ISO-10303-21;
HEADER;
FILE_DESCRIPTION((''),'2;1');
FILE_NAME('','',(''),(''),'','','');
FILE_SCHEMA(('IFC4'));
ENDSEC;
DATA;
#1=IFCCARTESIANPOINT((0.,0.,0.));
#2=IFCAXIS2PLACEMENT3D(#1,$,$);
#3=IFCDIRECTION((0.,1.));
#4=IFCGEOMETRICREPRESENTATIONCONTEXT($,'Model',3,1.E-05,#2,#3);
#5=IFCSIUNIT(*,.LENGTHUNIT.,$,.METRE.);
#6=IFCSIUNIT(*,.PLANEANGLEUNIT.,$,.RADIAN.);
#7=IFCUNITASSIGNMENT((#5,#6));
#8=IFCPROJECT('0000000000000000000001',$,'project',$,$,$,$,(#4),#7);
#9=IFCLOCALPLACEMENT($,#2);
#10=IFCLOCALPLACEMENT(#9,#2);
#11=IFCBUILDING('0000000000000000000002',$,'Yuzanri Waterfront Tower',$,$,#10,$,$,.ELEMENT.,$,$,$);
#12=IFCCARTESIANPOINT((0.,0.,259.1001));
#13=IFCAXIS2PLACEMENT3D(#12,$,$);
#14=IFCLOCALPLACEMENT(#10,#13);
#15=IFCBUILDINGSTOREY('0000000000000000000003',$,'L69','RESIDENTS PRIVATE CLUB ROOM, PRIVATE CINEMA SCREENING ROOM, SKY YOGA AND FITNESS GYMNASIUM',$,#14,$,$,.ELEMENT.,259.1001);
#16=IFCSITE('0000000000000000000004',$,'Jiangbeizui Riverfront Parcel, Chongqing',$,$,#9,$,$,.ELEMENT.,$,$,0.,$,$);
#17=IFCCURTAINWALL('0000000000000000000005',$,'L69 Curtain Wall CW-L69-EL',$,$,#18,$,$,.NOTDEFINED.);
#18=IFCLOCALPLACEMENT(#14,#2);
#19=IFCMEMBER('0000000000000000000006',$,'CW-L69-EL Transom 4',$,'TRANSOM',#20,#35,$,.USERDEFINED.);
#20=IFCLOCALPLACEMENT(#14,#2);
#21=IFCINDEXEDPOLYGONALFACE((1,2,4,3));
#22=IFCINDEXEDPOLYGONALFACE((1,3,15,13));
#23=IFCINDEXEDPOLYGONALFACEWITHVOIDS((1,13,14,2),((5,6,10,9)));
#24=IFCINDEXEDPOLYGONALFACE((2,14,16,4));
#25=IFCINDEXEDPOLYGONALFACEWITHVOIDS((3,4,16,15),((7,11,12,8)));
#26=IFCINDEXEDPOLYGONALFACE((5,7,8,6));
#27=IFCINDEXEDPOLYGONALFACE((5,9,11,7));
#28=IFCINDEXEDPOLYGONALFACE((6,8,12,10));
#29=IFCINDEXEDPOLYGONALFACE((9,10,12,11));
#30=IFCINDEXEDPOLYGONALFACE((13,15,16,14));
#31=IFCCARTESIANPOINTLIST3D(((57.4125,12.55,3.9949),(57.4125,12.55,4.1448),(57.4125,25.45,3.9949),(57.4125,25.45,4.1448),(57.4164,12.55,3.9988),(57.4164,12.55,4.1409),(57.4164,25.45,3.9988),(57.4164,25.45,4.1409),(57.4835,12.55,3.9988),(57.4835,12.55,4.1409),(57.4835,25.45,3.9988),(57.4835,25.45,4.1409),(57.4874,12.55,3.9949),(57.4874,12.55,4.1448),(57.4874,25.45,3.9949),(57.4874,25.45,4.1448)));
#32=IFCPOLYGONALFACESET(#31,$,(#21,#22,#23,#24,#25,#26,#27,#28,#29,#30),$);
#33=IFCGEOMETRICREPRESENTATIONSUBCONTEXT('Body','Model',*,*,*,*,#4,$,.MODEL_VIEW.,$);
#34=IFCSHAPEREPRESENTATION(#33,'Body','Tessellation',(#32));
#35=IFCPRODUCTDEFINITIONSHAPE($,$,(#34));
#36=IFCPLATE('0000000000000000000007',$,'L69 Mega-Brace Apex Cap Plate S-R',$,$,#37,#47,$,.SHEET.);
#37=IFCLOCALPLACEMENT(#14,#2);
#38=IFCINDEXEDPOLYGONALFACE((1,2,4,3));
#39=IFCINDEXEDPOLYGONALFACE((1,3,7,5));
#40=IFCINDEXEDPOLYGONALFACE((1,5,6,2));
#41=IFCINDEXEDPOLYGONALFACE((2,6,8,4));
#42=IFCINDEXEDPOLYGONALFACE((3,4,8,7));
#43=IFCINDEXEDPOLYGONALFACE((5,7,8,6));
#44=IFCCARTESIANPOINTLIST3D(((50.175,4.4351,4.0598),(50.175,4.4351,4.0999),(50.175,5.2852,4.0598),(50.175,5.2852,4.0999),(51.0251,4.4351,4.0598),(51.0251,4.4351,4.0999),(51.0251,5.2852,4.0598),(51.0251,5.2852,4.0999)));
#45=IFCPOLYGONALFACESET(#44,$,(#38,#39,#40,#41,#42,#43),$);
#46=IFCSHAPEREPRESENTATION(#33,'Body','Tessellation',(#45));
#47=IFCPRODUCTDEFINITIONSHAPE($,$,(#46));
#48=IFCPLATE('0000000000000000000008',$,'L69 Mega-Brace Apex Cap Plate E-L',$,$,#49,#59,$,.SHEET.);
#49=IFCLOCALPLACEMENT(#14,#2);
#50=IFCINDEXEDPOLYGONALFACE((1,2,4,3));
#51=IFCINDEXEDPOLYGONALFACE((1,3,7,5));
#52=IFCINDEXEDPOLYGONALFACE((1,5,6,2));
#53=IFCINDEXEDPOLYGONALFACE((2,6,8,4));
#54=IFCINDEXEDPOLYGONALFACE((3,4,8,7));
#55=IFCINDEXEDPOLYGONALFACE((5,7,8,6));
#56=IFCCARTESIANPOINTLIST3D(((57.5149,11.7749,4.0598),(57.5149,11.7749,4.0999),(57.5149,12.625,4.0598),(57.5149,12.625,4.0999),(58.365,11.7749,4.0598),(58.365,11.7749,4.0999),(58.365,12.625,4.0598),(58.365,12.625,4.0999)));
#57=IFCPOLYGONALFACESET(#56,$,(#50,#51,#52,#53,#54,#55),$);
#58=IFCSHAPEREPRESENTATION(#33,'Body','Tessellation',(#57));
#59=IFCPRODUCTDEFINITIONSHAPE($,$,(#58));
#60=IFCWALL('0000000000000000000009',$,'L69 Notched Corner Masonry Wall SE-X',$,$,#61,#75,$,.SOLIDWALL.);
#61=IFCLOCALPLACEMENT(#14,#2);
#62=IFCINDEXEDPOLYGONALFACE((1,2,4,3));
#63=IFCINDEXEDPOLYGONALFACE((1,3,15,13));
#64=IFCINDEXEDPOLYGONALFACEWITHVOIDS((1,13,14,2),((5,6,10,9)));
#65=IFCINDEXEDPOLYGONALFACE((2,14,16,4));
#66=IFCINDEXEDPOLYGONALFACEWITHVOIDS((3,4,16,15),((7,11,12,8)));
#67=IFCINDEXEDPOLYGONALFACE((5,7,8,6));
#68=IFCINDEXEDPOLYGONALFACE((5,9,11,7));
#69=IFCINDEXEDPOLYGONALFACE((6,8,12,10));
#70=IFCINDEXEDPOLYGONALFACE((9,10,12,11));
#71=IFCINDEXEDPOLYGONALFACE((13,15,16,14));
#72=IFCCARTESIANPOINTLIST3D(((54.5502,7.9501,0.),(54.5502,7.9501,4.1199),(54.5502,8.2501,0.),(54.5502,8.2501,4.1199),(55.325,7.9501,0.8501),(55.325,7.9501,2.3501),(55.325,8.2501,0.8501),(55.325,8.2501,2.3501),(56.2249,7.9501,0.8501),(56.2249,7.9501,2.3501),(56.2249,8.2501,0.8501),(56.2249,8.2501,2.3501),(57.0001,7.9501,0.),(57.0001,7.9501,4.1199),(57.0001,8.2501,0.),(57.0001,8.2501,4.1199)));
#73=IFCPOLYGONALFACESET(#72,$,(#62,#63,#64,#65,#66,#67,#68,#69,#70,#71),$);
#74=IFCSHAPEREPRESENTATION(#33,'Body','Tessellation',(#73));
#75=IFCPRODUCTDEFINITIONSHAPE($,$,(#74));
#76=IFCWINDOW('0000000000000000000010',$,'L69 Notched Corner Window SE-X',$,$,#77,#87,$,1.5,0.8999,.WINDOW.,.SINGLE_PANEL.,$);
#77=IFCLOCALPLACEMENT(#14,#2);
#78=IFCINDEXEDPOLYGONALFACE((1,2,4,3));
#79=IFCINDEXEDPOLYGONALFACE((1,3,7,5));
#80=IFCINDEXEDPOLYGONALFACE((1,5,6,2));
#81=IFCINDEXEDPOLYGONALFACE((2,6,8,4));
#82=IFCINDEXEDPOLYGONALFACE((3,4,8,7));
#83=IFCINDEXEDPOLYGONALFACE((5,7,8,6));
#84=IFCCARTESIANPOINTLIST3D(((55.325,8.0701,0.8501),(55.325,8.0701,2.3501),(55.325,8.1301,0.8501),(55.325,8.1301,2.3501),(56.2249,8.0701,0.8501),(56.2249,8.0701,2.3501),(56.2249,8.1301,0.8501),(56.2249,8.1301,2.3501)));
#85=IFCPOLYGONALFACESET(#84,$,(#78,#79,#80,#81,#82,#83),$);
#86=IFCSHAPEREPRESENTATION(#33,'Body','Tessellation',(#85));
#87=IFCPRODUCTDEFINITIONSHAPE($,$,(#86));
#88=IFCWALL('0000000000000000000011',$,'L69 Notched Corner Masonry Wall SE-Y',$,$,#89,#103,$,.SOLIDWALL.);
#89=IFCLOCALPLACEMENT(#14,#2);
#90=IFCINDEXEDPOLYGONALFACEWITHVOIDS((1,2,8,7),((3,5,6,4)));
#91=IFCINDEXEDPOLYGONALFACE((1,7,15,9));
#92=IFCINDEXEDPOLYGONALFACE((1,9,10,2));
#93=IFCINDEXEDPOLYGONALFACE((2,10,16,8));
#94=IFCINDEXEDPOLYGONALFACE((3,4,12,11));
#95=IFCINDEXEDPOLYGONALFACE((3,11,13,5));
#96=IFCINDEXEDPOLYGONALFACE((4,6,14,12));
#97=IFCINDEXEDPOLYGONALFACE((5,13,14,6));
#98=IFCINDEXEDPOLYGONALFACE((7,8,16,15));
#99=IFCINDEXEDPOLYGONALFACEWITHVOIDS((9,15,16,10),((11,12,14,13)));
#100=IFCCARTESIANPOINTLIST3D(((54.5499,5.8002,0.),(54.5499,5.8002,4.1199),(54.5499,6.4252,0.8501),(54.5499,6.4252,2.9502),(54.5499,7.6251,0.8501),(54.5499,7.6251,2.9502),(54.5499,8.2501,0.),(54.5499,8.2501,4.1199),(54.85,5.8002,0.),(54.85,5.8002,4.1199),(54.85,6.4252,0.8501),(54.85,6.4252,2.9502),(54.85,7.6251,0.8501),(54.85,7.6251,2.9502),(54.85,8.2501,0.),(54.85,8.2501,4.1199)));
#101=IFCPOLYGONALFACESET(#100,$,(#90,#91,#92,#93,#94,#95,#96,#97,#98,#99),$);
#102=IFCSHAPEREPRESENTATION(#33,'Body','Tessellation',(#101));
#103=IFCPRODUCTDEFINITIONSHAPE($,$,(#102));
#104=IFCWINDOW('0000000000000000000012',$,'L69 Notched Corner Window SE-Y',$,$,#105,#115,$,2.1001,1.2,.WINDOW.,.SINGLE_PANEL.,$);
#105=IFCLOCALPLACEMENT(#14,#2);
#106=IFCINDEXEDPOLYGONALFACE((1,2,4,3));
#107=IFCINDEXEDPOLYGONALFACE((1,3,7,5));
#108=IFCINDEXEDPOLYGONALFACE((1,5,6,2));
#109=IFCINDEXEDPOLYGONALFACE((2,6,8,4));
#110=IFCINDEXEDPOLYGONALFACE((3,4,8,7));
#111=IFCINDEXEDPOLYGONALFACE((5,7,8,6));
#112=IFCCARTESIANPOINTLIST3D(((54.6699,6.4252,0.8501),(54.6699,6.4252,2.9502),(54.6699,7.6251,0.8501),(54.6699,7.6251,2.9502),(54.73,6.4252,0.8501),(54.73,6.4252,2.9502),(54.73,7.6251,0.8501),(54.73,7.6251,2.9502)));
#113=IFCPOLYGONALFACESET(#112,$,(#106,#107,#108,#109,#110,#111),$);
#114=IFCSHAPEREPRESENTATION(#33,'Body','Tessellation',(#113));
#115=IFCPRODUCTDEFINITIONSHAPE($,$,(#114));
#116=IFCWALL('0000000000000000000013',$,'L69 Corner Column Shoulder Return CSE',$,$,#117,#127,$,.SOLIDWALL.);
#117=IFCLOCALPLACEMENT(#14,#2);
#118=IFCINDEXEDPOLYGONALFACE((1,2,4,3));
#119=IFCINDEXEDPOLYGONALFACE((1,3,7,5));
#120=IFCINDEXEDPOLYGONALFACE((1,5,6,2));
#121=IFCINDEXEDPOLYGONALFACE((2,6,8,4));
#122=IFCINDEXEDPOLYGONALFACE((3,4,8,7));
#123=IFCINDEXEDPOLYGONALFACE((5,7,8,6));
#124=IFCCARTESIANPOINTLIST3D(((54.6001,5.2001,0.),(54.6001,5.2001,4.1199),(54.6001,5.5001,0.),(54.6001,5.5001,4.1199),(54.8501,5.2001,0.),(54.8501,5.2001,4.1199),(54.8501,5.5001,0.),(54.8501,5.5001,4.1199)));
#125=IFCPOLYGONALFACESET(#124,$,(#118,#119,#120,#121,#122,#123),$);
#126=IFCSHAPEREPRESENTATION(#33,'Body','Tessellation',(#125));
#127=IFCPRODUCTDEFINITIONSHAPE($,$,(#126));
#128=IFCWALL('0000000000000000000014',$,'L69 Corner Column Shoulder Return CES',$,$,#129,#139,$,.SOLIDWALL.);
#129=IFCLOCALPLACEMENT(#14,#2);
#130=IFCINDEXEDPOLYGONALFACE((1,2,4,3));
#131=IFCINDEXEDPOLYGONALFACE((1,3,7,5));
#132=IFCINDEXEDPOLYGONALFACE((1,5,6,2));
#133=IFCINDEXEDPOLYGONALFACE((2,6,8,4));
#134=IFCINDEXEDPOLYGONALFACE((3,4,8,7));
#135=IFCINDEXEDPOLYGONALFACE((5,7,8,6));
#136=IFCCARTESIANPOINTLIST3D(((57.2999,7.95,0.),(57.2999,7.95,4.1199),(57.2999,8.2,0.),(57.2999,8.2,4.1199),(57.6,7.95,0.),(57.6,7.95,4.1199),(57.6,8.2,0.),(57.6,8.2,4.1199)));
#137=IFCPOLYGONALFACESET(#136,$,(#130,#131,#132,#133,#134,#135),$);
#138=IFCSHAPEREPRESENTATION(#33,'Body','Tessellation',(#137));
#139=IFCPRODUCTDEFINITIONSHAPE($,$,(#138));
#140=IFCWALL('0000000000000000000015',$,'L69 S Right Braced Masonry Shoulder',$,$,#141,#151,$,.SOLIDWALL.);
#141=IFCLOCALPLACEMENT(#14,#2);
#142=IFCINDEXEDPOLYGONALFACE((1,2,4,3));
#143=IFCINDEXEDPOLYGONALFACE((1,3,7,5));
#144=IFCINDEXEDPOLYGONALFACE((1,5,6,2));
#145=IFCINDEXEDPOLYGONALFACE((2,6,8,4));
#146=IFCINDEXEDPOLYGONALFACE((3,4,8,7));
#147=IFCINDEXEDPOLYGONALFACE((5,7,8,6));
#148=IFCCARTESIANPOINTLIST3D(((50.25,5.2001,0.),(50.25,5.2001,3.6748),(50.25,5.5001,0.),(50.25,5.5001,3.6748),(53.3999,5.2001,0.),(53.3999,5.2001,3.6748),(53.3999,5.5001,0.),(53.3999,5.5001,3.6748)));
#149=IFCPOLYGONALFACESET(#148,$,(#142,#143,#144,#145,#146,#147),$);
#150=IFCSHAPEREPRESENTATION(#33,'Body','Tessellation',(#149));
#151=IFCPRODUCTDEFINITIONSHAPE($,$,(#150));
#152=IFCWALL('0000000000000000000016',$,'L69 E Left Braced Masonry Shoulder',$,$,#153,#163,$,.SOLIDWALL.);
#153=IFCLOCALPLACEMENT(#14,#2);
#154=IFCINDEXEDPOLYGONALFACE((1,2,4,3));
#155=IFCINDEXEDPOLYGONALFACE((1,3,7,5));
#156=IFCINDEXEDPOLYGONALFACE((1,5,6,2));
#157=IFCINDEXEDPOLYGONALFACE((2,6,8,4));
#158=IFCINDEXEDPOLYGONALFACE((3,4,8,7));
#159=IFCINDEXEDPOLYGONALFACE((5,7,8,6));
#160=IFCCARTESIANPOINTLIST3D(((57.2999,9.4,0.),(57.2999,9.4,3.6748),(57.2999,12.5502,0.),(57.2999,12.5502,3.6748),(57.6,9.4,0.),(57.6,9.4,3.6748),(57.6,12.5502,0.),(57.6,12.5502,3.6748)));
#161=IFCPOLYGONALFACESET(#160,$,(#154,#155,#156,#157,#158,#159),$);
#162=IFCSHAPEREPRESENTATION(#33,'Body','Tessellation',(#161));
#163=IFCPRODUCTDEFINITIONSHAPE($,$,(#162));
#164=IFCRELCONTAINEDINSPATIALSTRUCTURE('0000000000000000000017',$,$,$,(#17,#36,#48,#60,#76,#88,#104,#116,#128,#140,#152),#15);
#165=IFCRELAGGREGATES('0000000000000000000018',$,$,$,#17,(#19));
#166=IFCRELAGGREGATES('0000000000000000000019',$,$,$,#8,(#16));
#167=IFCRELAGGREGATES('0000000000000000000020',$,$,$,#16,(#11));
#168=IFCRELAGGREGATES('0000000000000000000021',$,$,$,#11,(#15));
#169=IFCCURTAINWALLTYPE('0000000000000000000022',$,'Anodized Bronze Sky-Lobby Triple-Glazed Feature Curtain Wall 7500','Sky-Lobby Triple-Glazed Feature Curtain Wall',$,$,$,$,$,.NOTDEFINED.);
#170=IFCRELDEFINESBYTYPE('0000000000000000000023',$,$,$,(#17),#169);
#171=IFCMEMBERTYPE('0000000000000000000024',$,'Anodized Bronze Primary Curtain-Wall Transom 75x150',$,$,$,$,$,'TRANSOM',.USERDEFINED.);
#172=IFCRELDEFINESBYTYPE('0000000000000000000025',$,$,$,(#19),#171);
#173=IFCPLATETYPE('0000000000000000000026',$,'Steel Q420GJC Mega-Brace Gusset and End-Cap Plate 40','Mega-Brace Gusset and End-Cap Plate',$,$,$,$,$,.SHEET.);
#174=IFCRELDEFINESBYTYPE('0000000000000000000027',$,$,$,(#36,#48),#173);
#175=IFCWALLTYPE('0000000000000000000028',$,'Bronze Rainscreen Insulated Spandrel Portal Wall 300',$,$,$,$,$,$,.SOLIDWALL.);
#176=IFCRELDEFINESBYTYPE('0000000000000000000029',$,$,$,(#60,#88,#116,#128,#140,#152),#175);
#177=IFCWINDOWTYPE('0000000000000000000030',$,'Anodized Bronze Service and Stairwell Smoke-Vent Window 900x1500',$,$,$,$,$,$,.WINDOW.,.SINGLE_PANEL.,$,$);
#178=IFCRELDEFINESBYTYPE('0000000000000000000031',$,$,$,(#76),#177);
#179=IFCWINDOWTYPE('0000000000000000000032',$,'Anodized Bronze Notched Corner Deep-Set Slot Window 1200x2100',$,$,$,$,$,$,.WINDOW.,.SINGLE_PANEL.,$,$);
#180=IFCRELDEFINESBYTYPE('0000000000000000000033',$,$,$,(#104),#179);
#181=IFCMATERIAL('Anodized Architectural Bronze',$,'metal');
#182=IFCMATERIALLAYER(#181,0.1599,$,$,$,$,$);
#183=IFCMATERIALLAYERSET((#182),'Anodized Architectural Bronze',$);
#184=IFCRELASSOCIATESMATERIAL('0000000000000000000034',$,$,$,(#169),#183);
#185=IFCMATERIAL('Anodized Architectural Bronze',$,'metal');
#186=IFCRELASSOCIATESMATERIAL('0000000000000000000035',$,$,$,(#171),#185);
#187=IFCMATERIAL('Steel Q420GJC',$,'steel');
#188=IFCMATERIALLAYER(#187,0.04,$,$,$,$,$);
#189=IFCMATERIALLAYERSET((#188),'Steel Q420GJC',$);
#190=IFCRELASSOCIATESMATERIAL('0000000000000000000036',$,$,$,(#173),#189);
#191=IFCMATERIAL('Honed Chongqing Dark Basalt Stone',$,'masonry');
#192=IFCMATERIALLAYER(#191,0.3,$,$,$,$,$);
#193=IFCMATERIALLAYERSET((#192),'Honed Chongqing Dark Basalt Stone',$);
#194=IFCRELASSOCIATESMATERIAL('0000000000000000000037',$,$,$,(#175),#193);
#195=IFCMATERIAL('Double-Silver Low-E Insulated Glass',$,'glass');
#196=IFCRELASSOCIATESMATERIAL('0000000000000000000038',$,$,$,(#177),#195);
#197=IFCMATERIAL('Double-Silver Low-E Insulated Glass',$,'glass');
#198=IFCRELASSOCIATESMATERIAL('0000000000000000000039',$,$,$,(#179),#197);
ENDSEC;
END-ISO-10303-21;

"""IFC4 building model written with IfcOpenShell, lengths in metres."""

from ifc_helpers import new_model, si_unit, direction, frame, frame_2d, origin, origin_2d, place, context, subcontext, project, spatial, rectangle, hollow_rectangle, extrude, source, transform, mapped, material, layer, layer_set, material_profile, profile_set, type_object, element, fill, aggregate, save


model = new_model("IFC4")

# Units and contexts
model_context = context("Model", 3, precision=1e-05, world=origin(), true_north=direction((0.0, 1.0)))
body_context = subcontext(model_context, "Body", "Model", "MODEL_VIEW")
ifc_project = project(units=[si_unit("LENGTHUNIT", "METRE"), si_unit("PLANEANGLEUNIT", "RADIAN")], contexts=[model_context])

# Site, building, storey
site_placement = place(None, origin())
site = spatial("IfcSite", under=ifc_project, at=site_placement, Name="Jiangbeizui Riverfront Parcel, Chongqing", CompositionType="ELEMENT", RefElevation=0.0)
building_placement = place(site_placement, origin())
building = spatial("IfcBuilding", under=site, at=building_placement, Name="Yuzanri Waterfront Tower", CompositionType="ELEMENT")
storey_placement = place(building_placement, frame((0.0, 0.0, 259.1001)))
storey = spatial("IfcBuildingStorey", under=building, at=storey_placement, Name="L69", Description="RESIDENTS PRIVATE CLUB ROOM, PRIVATE CINEMA SCREENING ROOM, SKY YOGA AND FITNESS GYMNASIUM", CompositionType="ELEMENT", Elevation=259.1001)

# Curtain wall, member
ifc_material_1 = material(Name="Anodized Architectural Bronze", Category="metal")
ifc_layer_1 = layer(ifc_material_1, 0.1599)
ifc_layer_set_1 = layer_set([ifc_layer_1], Name="Anodized Architectural Bronze")
curtain_wall_type = type_object("IfcCurtainWallType", Name="Anodized Bronze Sky-Lobby Triple-Glazed Feature Curtain Wall 7500", Description="Sky-Lobby Triple-Glazed Feature Curtain Wall", PredefinedType="NOTDEFINED", material=ifc_layer_set_1)
curtain_wall_1_placement = place(storey_placement, origin())
curtain_wall_1 = element("IfcCurtainWall", 1, at=curtain_wall_1_placement, inside=storey, type_object=curtain_wall_type, Name="L69 Curtain Wall CW-L69-EL", PredefinedType="NOTDEFINED")
ifc_material_2 = material(Name="Anodized Architectural Bronze", Category="metal")
ifc_material_profile_1 = material_profile(ifc_material_2, hollow_rectangle(XDim=0.075, YDim=0.1499, WallThickness=0.0039, at=origin_2d()), Name="CWT 75x150")
ifc_profile_set_1 = profile_set([ifc_material_profile_1], Name="Anodized Architectural Bronze")
member_type_1 = type_object("IfcMemberType", Name="Anodized Bronze Primary Curtain-Wall Transom 75x150", ElementType="TRANSOM", PredefinedType="USERDEFINED", material=ifc_profile_set_1)
shared_shape_1 = source(origin(), body_context, "Body", "SweptSolid", [
    extrude(hollow_rectangle(XDim=0.075, YDim=0.1499, WallThickness=0.0039, at=origin_2d()), origin(), (0.0, 0.0, 1.0), 12.8999),
])
member_1_placement = place(storey_placement, frame((57.45, 12.55, 4.0698), z_axis=(0.0, 1.0, 0.0), x_axis=(-1.0, 0.0, 0.0)))
member_1 = element("IfcMember", 2, at=member_1_placement, type_object=member_type_1, Name="CW-L69-EL Transom 4", ObjectType="TRANSOM", PredefinedType="USERDEFINED", context=body_context, shape_type="MappedRepresentation", body=[
    mapped(shared_shape_1, transform((0.0, 0.0, 0.0), scale=1.0)),
])
aggregate(curtain_wall_1, [member_1])

# Plates
ifc_material_3 = material(Name="Steel Q420GJC", Category="steel")
ifc_layer_2 = layer(ifc_material_3, 0.04)
ifc_layer_set_2 = layer_set([ifc_layer_2], Name="Steel Q420GJC")
plate_type = type_object("IfcPlateType", Name="Steel Q420GJC Mega-Brace Gusset and End-Cap Plate 40", Description="Mega-Brace Gusset and End-Cap Plate", PredefinedType="SHEET", material=ifc_layer_set_2)
shared_shape_2 = source(origin(), body_context, "Body", "SweptSolid", [
    extrude(rectangle(XDim=0.8501, YDim=0.8501, at=origin_2d()), origin(), (0.0, 0.0, 1.0), 0.04),
])
for number, where, z_axis, x_axis, name in (
    (3, (50.6001, 4.8601, 4.0598), (0.0, 0.0, 1.0), (1.0, 0.0, 0.0), "L69 Mega-Brace Apex Cap Plate S-R"),
    (4, (57.9399, 12.2, 4.0598), (0.0, 0.0, 1.0), (1.0, 0.0, 0.0), "L69 Mega-Brace Apex Cap Plate E-L"),
):
    element("IfcPlate", number, at=place(storey_placement, frame(where, z_axis=z_axis, x_axis=x_axis)), inside=storey, type_object=plate_type, Name=name, PredefinedType="SHEET", context=body_context, shape_type="MappedRepresentation", body=[
        mapped(shared_shape_2, transform((0.0, 0.0, 0.0), scale=1.0)),
    ])

# Walls, openings, windows
ifc_material_4 = material(Name="Honed Chongqing Dark Basalt Stone", Category="masonry")
ifc_layer_3 = layer(ifc_material_4, 0.3)
ifc_layer_set_3 = layer_set([ifc_layer_3], Name="Honed Chongqing Dark Basalt Stone")
wall_type = type_object("IfcWallType", Name="Bronze Rainscreen Insulated Spandrel Portal Wall 300", PredefinedType="SOLIDWALL", material=ifc_layer_set_3)
wall_1_placement = place(storey_placement, frame((54.55, 8.1001, 0.0), z_axis=(0.0, 0.0, 1.0), x_axis=(1.0, 0.0, 0.0)))
wall_1 = element("IfcWall", 5, at=wall_1_placement, inside=storey, type_object=wall_type, Name="L69 Notched Corner Masonry Wall SE-X", PredefinedType="SOLIDWALL", context=body_context, shape_type="SweptSolid", body=[
    extrude(rectangle(XDim=2.45, YDim=0.3, at=frame_2d((1.2251, 0.0))), origin(), (0.0, 0.0, 1.0), 4.1199),
])
opening_1_placement = place(wall_1_placement, frame((0.7749, 0.0, 0.8501)))
opening_1 = element("IfcOpeningElement", 6, at=opening_1_placement, cuts=wall_1, PredefinedType="OPENING", context=body_context, shape_type="SweptSolid", body=[
    extrude(rectangle(XDim=0.8999, YDim=1.5, at=frame_2d((0.45, 0.75))), frame((0.0, 0.165, 0.0), z_axis=(0.0, -1.0, 0.0), x_axis=(1.0, 0.0, 0.0)), (0.0, 0.0, 1.0), 0.3298),
])
ifc_material_5 = material(Name="Double-Silver Low-E Insulated Glass", Category="glass")
window_type_1 = type_object("IfcWindowType", Name="Anodized Bronze Service and Stairwell Smoke-Vent Window 900x1500", PartitioningType="SINGLE_PANEL", PredefinedType="WINDOW", material=ifc_material_5)
shared_shape_3 = source(origin(), body_context, "Body", "SweptSolid", [
    extrude(rectangle(XDim=0.8999, YDim=1.5, at=frame_2d((0.45, 0.75))), frame((0.0, 0.03, 0.0), z_axis=(0.0, -1.0, 0.0), x_axis=(1.0, 0.0, 0.0)), (0.0, 0.0, 1.0), 0.0601),
])
window_1_placement = place(opening_1_placement, origin())
window_1 = element("IfcWindow", 7, at=window_1_placement, inside=storey, type_object=window_type_1, Name="L69 Notched Corner Window SE-X", OverallHeight=1.5, OverallWidth=0.8999, PartitioningType="SINGLE_PANEL", PredefinedType="WINDOW", context=body_context, shape_type="MappedRepresentation", body=[
    mapped(shared_shape_3, transform((0.0, 0.0, 0.0), scale=1.0)),
])
fill(opening_1, window_1)
wall_2_placement = place(storey_placement, frame((54.7, 5.8, 0.0), z_axis=(0.0, 0.0, 1.0), x_axis=(0.0, 1.0, 0.0)))
wall_2 = element("IfcWall", 8, at=wall_2_placement, inside=storey, type_object=wall_type, Name="L69 Notched Corner Masonry Wall SE-Y", PredefinedType="SOLIDWALL", context=body_context, shape_type="SweptSolid", body=[
    extrude(rectangle(XDim=2.45, YDim=0.3, at=frame_2d((1.2251, 0.0))), origin(), (0.0, 0.0, 1.0), 4.1199),
])
opening_2_placement = place(wall_2_placement, frame((0.625, 0.0, 0.8501)))
opening_2 = element("IfcOpeningElement", 9, at=opening_2_placement, cuts=wall_2, PredefinedType="OPENING", context=body_context, shape_type="SweptSolid", body=[
    extrude(rectangle(XDim=1.2, YDim=2.1001, at=frame_2d((0.6001, 1.05))), frame((0.0, 0.165, 0.0), z_axis=(0.0, -1.0, 0.0), x_axis=(1.0, 0.0, 0.0)), (0.0, 0.0, 1.0), 0.3298),
])
ifc_material_6 = material(Name="Double-Silver Low-E Insulated Glass", Category="glass")
window_type_2 = type_object("IfcWindowType", Name="Anodized Bronze Notched Corner Deep-Set Slot Window 1200x2100", PartitioningType="SINGLE_PANEL", PredefinedType="WINDOW", material=ifc_material_6)
shared_shape_4 = source(origin(), body_context, "Body", "SweptSolid", [
    extrude(rectangle(XDim=1.2, YDim=2.1001, at=frame_2d((0.6001, 1.05))), frame((0.0, 0.03, 0.0), z_axis=(0.0, -1.0, 0.0), x_axis=(1.0, 0.0, 0.0)), (0.0, 0.0, 1.0), 0.0601),
])
window_2_placement = place(opening_2_placement, origin())
window_2 = element("IfcWindow", 10, at=window_2_placement, inside=storey, type_object=window_type_2, Name="L69 Notched Corner Window SE-Y", OverallHeight=2.1001, OverallWidth=1.2, PartitioningType="SINGLE_PANEL", PredefinedType="WINDOW", context=body_context, shape_type="MappedRepresentation", body=[
    mapped(shared_shape_4, transform((0.0, 0.0, 0.0), scale=1.0)),
])
fill(opening_2, window_2)

# Walls
shared_shape_5 = source(origin(), body_context, "Body", "SweptSolid", [
    extrude(rectangle(XDim=0.25, YDim=0.3, at=frame_2d((0.125, 0.0))), origin(), (0.0, 0.0, 1.0), 4.1199),
])
for number, where, z_axis, x_axis, name in (
    (11, (54.6001, 5.3501, 0.0), (0.0, 0.0, 1.0), (1.0, 0.0, 0.0), "L69 Corner Column Shoulder Return CSE"),
    (12, (57.45, 7.95, 0.0), (0.0, 0.0, 1.0), (0.0, 1.0, 0.0), "L69 Corner Column Shoulder Return CES"),
):
    element("IfcWall", number, at=place(storey_placement, frame(where, z_axis=z_axis, x_axis=x_axis)), inside=storey, type_object=wall_type, Name=name, PredefinedType="SOLIDWALL", context=body_context, shape_type="MappedRepresentation", body=[
        mapped(shared_shape_5, transform((0.0, 0.0, 0.0), scale=1.0)),
    ])
shared_shape_6 = source(origin(), body_context, "Body", "SweptSolid", [
    extrude(rectangle(XDim=3.1499, YDim=0.3, at=frame_2d((1.575, 0.0))), origin(), (0.0, 0.0, 1.0), 3.6748),
])
wall_3_placement = place(storey_placement, frame((50.25, 5.3501, 0.0), z_axis=(0.0, 0.0, 1.0), x_axis=(1.0, 0.0, 0.0)))
element("IfcWall", 13, at=wall_3_placement, inside=storey, type_object=wall_type, Name="L69 S Right Braced Masonry Shoulder", PredefinedType="SOLIDWALL", context=body_context, shape_type="MappedRepresentation", body=[
    mapped(shared_shape_6, transform((0.0, 0.0, 0.0), scale=1.0)),
])
shared_shape_7 = source(origin(), body_context, "Body", "SweptSolid", [
    extrude(rectangle(XDim=3.1501, YDim=0.3, at=frame_2d((1.5752, 0.0))), origin(), (0.0, 0.0, 1.0), 3.6748),
])
wall_4_placement = place(storey_placement, frame((57.45, 9.3999, 0.0), z_axis=(0.0, 0.0, 1.0), x_axis=(0.0, 1.0, 0.0)))
element("IfcWall", 14, at=wall_4_placement, inside=storey, type_object=wall_type, Name="L69 E Left Braced Masonry Shoulder", PredefinedType="SOLIDWALL", context=body_context, shape_type="MappedRepresentation", body=[
    mapped(shared_shape_7, transform((0.0, 0.0, 0.0), scale=1.0)),
])

save(model, "model.ifc")
